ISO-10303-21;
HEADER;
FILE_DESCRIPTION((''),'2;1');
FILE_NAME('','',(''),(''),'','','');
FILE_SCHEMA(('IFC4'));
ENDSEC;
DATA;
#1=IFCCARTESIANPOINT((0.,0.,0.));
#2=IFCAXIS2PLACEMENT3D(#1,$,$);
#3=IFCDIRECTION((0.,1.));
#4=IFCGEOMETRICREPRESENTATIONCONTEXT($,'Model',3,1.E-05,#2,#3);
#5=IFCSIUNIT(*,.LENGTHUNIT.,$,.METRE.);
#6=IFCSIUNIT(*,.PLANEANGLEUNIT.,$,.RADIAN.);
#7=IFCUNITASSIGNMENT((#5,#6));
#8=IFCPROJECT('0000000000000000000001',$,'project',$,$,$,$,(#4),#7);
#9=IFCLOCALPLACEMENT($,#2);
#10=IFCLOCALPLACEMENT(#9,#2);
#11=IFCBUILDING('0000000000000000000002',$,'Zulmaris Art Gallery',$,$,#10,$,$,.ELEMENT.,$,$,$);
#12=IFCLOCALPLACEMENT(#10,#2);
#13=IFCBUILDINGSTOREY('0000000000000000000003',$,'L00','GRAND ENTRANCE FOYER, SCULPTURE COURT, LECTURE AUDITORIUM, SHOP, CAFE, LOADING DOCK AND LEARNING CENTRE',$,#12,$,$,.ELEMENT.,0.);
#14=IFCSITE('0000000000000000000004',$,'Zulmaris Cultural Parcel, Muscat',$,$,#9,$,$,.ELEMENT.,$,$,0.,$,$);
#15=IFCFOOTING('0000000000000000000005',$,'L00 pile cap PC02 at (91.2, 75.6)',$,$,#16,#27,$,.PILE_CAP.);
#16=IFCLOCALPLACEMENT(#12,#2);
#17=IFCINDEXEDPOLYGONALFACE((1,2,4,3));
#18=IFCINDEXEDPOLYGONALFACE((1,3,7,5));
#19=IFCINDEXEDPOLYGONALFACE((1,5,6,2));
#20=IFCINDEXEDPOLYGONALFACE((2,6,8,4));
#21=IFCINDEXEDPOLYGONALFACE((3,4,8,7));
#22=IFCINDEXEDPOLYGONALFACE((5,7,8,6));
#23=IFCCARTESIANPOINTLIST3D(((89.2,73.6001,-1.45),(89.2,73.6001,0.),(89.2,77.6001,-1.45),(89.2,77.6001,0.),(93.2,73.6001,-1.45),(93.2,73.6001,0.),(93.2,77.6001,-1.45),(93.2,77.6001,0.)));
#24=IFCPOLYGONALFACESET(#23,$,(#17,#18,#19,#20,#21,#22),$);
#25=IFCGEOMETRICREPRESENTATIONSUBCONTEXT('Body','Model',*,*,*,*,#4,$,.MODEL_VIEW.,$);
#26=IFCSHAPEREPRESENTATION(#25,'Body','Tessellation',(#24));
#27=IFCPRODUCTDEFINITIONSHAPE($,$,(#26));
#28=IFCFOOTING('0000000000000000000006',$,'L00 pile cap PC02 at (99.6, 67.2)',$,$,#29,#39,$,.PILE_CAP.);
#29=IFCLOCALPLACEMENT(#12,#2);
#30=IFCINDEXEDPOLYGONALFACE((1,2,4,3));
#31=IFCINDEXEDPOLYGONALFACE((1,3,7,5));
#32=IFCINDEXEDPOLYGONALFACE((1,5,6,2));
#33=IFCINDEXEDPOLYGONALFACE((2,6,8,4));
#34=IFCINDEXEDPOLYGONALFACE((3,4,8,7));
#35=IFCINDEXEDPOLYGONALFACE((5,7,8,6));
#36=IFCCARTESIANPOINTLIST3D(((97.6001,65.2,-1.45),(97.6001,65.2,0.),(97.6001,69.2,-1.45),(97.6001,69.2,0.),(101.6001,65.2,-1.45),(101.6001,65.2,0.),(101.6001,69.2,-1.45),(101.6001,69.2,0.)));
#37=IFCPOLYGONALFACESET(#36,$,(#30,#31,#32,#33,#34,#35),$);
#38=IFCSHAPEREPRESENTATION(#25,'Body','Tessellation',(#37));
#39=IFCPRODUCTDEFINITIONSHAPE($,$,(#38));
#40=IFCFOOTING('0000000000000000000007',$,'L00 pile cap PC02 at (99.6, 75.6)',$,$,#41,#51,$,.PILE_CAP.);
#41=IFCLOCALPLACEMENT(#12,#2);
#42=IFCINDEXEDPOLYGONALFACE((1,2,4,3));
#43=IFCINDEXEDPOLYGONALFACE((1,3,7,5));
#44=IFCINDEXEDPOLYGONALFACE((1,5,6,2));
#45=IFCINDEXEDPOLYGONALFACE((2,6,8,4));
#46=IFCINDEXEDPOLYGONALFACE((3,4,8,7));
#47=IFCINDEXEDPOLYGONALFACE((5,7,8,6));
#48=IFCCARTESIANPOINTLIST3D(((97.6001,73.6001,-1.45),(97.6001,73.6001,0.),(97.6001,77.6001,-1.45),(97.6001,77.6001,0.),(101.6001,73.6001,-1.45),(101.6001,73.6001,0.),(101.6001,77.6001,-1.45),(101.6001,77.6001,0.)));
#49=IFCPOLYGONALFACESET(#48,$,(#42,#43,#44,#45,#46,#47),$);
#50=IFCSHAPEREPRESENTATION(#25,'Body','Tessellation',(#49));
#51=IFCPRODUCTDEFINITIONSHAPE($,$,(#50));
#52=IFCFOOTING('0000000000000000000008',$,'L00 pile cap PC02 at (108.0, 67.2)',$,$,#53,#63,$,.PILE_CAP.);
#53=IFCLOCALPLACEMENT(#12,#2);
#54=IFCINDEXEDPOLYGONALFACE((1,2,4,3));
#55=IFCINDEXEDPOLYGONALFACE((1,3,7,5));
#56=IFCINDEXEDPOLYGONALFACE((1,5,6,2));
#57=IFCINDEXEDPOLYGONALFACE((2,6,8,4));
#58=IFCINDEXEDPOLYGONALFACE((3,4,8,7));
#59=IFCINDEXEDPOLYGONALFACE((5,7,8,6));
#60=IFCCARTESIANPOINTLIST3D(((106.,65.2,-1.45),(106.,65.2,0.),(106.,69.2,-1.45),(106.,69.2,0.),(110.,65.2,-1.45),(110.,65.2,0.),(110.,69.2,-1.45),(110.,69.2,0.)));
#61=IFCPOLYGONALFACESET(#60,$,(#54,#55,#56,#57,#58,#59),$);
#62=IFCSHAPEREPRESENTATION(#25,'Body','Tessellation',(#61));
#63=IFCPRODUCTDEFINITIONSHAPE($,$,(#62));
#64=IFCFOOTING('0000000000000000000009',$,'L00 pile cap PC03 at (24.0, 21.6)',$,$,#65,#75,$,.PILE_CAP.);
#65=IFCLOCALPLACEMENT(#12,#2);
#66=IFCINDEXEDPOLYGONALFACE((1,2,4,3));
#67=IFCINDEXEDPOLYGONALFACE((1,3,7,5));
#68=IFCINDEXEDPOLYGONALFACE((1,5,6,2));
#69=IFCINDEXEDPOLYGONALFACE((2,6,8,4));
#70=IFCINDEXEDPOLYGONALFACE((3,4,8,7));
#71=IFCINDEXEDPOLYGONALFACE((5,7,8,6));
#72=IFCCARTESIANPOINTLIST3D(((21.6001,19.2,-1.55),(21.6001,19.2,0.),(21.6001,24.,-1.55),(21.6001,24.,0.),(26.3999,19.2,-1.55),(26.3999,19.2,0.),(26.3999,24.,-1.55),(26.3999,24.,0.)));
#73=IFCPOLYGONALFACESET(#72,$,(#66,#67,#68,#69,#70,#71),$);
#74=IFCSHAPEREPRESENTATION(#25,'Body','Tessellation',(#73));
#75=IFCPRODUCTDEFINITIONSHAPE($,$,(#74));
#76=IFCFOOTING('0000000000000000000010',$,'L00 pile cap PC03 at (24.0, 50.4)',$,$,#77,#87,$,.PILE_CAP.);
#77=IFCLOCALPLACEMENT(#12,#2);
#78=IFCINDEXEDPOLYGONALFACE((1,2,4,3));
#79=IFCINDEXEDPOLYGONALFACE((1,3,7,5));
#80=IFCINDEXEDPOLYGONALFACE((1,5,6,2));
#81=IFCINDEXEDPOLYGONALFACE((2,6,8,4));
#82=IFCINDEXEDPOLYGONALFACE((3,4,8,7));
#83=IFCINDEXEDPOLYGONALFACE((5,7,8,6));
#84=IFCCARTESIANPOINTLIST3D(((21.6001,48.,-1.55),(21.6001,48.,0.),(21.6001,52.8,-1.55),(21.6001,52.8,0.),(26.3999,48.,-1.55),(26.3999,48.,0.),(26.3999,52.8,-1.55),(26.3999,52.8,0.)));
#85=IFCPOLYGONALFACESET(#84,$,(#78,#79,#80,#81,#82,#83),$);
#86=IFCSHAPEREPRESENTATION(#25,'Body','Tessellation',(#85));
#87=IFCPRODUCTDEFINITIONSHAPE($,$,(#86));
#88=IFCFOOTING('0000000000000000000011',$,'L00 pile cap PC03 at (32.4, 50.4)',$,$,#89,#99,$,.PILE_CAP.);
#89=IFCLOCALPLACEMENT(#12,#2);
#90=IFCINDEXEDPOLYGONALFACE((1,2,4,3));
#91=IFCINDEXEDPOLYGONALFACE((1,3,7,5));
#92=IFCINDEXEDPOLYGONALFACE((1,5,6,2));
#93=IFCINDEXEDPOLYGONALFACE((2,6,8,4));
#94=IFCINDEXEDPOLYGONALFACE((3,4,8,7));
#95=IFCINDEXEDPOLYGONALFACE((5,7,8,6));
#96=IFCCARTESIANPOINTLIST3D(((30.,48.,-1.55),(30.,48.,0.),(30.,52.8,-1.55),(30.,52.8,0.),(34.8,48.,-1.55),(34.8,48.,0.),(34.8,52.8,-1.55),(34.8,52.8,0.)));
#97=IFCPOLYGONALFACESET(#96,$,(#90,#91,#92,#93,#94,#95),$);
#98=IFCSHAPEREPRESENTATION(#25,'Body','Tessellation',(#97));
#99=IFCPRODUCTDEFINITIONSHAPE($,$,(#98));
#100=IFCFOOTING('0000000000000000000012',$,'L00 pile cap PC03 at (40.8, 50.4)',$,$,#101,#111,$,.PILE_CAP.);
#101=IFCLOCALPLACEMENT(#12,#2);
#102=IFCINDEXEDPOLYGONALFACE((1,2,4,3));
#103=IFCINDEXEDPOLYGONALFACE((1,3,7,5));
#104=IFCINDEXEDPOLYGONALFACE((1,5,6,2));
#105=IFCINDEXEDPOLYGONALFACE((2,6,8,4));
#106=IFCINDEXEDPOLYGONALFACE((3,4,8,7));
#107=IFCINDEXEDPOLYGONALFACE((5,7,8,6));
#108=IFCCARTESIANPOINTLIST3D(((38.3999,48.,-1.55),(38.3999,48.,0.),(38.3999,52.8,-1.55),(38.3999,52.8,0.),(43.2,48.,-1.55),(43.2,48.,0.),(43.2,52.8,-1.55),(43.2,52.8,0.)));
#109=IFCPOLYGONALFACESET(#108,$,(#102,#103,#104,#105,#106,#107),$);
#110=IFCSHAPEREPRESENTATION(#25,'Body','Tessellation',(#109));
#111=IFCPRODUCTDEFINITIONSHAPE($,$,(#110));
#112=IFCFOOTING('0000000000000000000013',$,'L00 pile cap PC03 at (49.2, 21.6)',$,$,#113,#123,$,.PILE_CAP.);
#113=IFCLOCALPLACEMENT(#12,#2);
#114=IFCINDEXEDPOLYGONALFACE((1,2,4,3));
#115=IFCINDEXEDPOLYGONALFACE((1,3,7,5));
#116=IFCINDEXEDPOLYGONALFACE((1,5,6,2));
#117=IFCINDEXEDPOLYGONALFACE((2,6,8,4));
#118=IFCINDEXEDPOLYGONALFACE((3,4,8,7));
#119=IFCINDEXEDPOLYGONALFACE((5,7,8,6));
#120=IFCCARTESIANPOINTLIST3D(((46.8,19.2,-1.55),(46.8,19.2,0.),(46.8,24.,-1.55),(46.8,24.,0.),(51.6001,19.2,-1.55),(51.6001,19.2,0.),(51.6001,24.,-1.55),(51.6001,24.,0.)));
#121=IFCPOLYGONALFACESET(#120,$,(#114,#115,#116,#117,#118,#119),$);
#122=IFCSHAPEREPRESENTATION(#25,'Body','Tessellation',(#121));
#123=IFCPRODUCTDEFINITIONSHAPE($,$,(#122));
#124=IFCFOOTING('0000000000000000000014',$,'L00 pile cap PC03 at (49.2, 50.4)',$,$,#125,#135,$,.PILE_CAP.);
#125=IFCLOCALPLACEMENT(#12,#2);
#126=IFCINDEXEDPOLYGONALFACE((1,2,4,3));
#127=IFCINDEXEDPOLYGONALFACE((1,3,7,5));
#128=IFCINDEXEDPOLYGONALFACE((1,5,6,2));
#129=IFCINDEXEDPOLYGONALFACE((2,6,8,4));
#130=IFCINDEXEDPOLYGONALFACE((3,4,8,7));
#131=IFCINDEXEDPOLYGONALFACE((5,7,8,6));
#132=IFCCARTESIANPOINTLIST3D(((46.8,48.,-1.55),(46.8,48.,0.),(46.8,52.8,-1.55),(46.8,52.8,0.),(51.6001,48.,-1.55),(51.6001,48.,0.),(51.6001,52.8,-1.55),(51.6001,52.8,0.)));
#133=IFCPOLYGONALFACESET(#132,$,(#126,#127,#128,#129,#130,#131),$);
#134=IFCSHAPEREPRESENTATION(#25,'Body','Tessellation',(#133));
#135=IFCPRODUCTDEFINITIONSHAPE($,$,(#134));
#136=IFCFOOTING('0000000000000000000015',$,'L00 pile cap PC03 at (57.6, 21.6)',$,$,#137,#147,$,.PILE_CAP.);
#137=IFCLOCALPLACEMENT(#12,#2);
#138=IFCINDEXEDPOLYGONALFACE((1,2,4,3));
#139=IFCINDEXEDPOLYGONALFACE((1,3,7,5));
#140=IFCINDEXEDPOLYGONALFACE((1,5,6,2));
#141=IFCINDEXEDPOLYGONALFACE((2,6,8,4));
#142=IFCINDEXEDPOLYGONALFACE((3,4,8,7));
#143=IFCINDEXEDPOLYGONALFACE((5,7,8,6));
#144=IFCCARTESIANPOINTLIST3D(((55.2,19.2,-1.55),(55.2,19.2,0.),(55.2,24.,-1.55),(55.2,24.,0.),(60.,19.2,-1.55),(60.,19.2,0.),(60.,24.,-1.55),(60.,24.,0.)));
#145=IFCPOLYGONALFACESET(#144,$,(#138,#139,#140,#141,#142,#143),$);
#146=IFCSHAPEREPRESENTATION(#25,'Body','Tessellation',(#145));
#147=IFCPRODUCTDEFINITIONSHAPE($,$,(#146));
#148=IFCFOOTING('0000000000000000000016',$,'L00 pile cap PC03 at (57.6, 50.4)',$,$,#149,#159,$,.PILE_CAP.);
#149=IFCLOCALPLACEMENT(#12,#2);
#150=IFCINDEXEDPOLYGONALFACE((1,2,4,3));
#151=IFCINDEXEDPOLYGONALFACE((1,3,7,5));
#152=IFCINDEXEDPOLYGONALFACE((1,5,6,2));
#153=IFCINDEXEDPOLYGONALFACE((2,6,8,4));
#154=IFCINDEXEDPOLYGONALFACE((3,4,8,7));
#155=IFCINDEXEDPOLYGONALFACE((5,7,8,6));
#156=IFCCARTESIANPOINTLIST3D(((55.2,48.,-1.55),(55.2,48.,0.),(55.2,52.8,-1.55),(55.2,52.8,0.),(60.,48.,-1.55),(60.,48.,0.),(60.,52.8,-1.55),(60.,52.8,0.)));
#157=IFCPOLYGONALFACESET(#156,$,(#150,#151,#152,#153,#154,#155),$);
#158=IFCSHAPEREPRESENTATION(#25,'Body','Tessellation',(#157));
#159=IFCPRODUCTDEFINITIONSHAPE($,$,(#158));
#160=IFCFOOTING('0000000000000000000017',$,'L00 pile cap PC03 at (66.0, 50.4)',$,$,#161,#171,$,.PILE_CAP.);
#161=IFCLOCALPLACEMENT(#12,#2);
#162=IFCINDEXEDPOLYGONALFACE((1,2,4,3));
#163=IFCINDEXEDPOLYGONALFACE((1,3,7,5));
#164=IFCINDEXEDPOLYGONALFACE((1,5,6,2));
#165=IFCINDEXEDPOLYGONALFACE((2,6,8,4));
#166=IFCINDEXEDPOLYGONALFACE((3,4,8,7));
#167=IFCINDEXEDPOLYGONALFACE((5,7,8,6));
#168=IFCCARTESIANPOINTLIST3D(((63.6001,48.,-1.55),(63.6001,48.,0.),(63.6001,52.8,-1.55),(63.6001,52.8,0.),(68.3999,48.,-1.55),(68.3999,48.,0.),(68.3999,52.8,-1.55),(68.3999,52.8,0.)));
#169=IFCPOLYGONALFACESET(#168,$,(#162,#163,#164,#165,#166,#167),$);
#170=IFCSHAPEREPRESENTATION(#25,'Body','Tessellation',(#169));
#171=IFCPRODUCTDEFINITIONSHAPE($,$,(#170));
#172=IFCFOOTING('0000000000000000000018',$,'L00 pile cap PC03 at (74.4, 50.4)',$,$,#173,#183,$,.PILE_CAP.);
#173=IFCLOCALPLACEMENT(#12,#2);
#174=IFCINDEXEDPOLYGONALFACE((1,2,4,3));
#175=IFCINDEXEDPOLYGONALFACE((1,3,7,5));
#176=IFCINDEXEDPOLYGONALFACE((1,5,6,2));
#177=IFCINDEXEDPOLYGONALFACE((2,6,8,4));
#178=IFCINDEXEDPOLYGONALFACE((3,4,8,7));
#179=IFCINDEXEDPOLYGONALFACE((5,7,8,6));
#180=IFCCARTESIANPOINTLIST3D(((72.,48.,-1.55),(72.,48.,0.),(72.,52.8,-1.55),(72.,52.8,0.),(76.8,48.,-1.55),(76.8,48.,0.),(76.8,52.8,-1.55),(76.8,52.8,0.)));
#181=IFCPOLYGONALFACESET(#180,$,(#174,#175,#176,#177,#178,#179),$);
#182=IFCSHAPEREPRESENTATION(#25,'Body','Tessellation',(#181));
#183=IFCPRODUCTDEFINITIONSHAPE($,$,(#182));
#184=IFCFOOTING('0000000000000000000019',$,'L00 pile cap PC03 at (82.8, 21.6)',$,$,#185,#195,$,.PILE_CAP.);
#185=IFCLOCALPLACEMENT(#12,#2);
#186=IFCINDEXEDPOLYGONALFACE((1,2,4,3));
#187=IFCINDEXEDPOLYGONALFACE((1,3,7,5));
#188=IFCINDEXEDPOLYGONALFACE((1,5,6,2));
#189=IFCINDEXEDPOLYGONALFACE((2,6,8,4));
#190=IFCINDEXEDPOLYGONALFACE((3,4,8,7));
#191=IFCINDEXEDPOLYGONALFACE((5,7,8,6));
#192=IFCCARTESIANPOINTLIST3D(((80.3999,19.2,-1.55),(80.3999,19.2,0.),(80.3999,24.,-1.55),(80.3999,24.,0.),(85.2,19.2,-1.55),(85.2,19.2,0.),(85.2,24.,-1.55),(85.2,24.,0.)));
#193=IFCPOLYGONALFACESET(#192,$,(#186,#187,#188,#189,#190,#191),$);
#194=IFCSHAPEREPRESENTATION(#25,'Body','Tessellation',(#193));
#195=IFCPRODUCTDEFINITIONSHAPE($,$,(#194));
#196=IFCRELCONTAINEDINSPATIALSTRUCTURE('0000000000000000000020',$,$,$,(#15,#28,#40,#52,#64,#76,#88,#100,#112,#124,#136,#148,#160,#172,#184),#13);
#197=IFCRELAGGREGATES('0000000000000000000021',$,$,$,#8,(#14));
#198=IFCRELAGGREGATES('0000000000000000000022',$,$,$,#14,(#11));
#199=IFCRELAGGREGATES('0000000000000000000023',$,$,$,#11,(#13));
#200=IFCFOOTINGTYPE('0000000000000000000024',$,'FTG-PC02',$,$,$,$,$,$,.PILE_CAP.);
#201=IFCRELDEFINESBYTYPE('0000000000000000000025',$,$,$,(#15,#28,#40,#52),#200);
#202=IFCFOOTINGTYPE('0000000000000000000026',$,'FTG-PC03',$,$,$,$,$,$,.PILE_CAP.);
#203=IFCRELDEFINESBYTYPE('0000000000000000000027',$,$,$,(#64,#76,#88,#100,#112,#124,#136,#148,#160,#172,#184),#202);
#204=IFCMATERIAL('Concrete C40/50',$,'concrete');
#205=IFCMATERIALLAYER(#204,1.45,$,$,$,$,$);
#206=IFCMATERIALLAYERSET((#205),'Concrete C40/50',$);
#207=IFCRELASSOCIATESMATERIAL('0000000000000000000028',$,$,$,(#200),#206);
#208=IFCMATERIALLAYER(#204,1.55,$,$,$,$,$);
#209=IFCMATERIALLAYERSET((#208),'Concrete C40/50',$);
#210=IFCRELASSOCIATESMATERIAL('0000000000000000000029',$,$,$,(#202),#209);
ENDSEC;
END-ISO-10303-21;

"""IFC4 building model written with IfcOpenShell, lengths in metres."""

from ifc_helpers import new_model, si_unit, direction, frame, origin, place, context, subcontext, project, spatial, polyline, outline, extrude, material, layer, layer_set, type_object, element, save


model = new_model("IFC4")

# Units and contexts
model_context = context("Model", 3, precision=1e-05, world=origin(), true_north=direction((0.0, 1.0)))
body_context = subcontext(model_context, "Body", "Model", "MODEL_VIEW")
ifc_project = project(units=[si_unit("LENGTHUNIT", "METRE"), si_unit("PLANEANGLEUNIT", "RADIAN")], contexts=[model_context])

# Site, building, storey
site_placement = place(None, origin())
site = spatial("IfcSite", under=ifc_project, at=site_placement, Name="Zulmaris Cultural Parcel, Muscat", CompositionType="ELEMENT", RefElevation=0.0)
building_placement = place(site_placement, origin())
building = spatial("IfcBuilding", under=site, at=building_placement, Name="Zulmaris Art Gallery", CompositionType="ELEMENT")
storey_placement = place(building_placement, origin())
storey = spatial("IfcBuildingStorey", under=building, at=storey_placement, Name="L00", Description="GRAND ENTRANCE FOYER, SCULPTURE COURT, LECTURE AUDITORIUM, SHOP, CAFE, LOADING DOCK AND LEARNING CENTRE", CompositionType="ELEMENT", Elevation=0.0)

# Footings
ifc_material = material(Name="Concrete C40/50", Category="concrete")
ifc_layer_1 = layer(ifc_material, 1.45)
ifc_layer_set_1 = layer_set([ifc_layer_1], Name="Concrete C40/50")
footing_type_1 = type_object("IfcFootingType", Name="FTG-PC02", PredefinedType="PILE_CAP", material=ifc_layer_set_1)
footing_1_placement = place(storey_placement, frame((0.0, 0.0, -1.45)))
element("IfcFooting", 1, at=footing_1_placement, inside=storey, type_object=footing_type_1, Name="L00 pile cap PC02 at (91.2, 75.6)", PredefinedType="PILE_CAP", context=body_context, shape_type="SweptSolid", body=[
    extrude(outline(polyline([(89.2, 73.6001), (93.2, 73.6001), (93.2, 77.6001), (89.2, 77.6001), (89.2, 73.6001)])), origin(), (0.0, 0.0, 1.0), 1.45),
])
footing_2_placement = place(storey_placement, frame((0.0, 0.0, -1.45)))
element("IfcFooting", 2, at=footing_2_placement, inside=storey, type_object=footing_type_1, Name="L00 pile cap PC02 at (99.6, 67.2)", PredefinedType="PILE_CAP", context=body_context, shape_type="SweptSolid", body=[
    extrude(outline(polyline([(97.6001, 65.2), (101.6001, 65.2), (101.6001, 69.2), (97.6001, 69.2), (97.6001, 65.2)])), origin(), (0.0, 0.0, 1.0), 1.45),
])
footing_3_placement = place(storey_placement, frame((0.0, 0.0, -1.45)))
element("IfcFooting", 3, at=footing_3_placement, inside=storey, type_object=footing_type_1, Name="L00 pile cap PC02 at (99.6, 75.6)", PredefinedType="PILE_CAP", context=body_context, shape_type="SweptSolid", body=[
    extrude(outline(polyline([(97.6001, 73.6001), (101.6001, 73.6001), (101.6001, 77.6001), (97.6001, 77.6001), (97.6001, 73.6001)])), origin(), (0.0, 0.0, 1.0), 1.45),
])
footing_4_placement = place(storey_placement, frame((0.0, 0.0, -1.45)))
element("IfcFooting", 4, at=footing_4_placement, inside=storey, type_object=footing_type_1, Name="L00 pile cap PC02 at (108.0, 67.2)", PredefinedType="PILE_CAP", context=body_context, shape_type="SweptSolid", body=[
    extrude(outline(polyline([(106.0, 65.2), (110.0, 65.2), (110.0, 69.2), (106.0, 69.2), (106.0, 65.2)])), origin(), (0.0, 0.0, 1.0), 1.45),
])
ifc_layer_2 = layer(ifc_material, 1.55)
ifc_layer_set_2 = layer_set([ifc_layer_2], Name="Concrete C40/50")
footing_type_2 = type_object("IfcFootingType", Name="FTG-PC03", PredefinedType="PILE_CAP", material=ifc_layer_set_2)
footing_5_placement = place(storey_placement, frame((0.0, 0.0, -1.55)))
element("IfcFooting", 5, at=footing_5_placement, inside=storey, type_object=footing_type_2, Name="L00 pile cap PC03 at (24.0, 21.6)", PredefinedType="PILE_CAP", context=body_context, shape_type="SweptSolid", body=[
    extrude(outline(polyline([(21.6001, 19.2), (26.3999, 19.2), (26.3999, 24.0), (21.6001, 24.0), (21.6001, 19.2)])), origin(), (0.0, 0.0, 1.0), 1.55),
])
footing_6_placement = place(storey_placement, frame((0.0, 0.0, -1.55)))
element("IfcFooting", 6, at=footing_6_placement, inside=storey, type_object=footing_type_2, Name="L00 pile cap PC03 at (24.0, 50.4)", PredefinedType="PILE_CAP", context=body_context, shape_type="SweptSolid", body=[
    extrude(outline(polyline([(21.6001, 48.0), (26.3999, 48.0), (26.3999, 52.8), (21.6001, 52.8), (21.6001, 48.0)])), origin(), (0.0, 0.0, 1.0), 1.55),
])
footing_7_placement = place(storey_placement, frame((0.0, 0.0, -1.55)))
element("IfcFooting", 7, at=footing_7_placement, inside=storey, type_object=footing_type_2, Name="L00 pile cap PC03 at (32.4, 50.4)", PredefinedType="PILE_CAP", context=body_context, shape_type="SweptSolid", body=[
    extrude(outline(polyline([(30.0, 48.0), (34.8, 48.0), (34.8, 52.8), (30.0, 52.8), (30.0, 48.0)])), origin(), (0.0, 0.0, 1.0), 1.55),
])
footing_8_placement = place(storey_placement, frame((0.0, 0.0, -1.55)))
element("IfcFooting", 8, at=footing_8_placement, inside=storey, type_object=footing_type_2, Name="L00 pile cap PC03 at (40.8, 50.4)", PredefinedType="PILE_CAP", context=body_context, shape_type="SweptSolid", body=[
    extrude(outline(polyline([(38.3999, 48.0), (43.2, 48.0), (43.2, 52.8), (38.3999, 52.8), (38.3999, 48.0)])), origin(), (0.0, 0.0, 1.0), 1.55),
])
footing_9_placement = place(storey_placement, frame((0.0, 0.0, -1.55)))
element("IfcFooting", 9, at=footing_9_placement, inside=storey, type_object=footing_type_2, Name="L00 pile cap PC03 at (49.2, 21.6)", PredefinedType="PILE_CAP", context=body_context, shape_type="SweptSolid", body=[
    extrude(outline(polyline([(46.8, 19.2), (51.6001, 19.2), (51.6001, 24.0), (46.8, 24.0), (46.8, 19.2)])), origin(), (0.0, 0.0, 1.0), 1.55),
])
footing_10_placement = place(storey_placement, frame((0.0, 0.0, -1.55)))
element("IfcFooting", 10, at=footing_10_placement, inside=storey, type_object=footing_type_2, Name="L00 pile cap PC03 at (49.2, 50.4)", PredefinedType="PILE_CAP", context=body_context, shape_type="SweptSolid", body=[
    extrude(outline(polyline([(46.8, 48.0), (51.6001, 48.0), (51.6001, 52.8), (46.8, 52.8), (46.8, 48.0)])), origin(), (0.0, 0.0, 1.0), 1.55),
])
footing_11_placement = place(storey_placement, frame((0.0, 0.0, -1.55)))
element("IfcFooting", 11, at=footing_11_placement, inside=storey, type_object=footing_type_2, Name="L00 pile cap PC03 at (57.6, 21.6)", PredefinedType="PILE_CAP", context=body_context, shape_type="SweptSolid", body=[
    extrude(outline(polyline([(55.2, 19.2), (60.0, 19.2), (60.0, 24.0), (55.2, 24.0), (55.2, 19.2)])), origin(), (0.0, 0.0, 1.0), 1.55),
])
footing_12_placement = place(storey_placement, frame((0.0, 0.0, -1.55)))
element("IfcFooting", 12, at=footing_12_placement, inside=storey, type_object=footing_type_2, Name="L00 pile cap PC03 at (57.6, 50.4)", PredefinedType="PILE_CAP", context=body_context, shape_type="SweptSolid", body=[
    extrude(outline(polyline([(55.2, 48.0), (60.0, 48.0), (60.0, 52.8), (55.2, 52.8), (55.2, 48.0)])), origin(), (0.0, 0.0, 1.0), 1.55),
])
footing_13_placement = place(storey_placement, frame((0.0, 0.0, -1.55)))
element("IfcFooting", 13, at=footing_13_placement, inside=storey, type_object=footing_type_2, Name="L00 pile cap PC03 at (66.0, 50.4)", PredefinedType="PILE_CAP", context=body_context, shape_type="SweptSolid", body=[
    extrude(outline(polyline([(63.6001, 48.0), (68.3999, 48.0), (68.3999, 52.8), (63.6001, 52.8), (63.6001, 48.0)])), origin(), (0.0, 0.0, 1.0), 1.55),
])
footing_14_placement = place(storey_placement, frame((0.0, 0.0, -1.55)))
element("IfcFooting", 14, at=footing_14_placement, inside=storey, type_object=footing_type_2, Name="L00 pile cap PC03 at (74.4, 50.4)", PredefinedType="PILE_CAP", context=body_context, shape_type="SweptSolid", body=[
    extrude(outline(polyline([(72.0, 48.0), (76.8, 48.0), (76.8, 52.8), (72.0, 52.8), (72.0, 48.0)])), origin(), (0.0, 0.0, 1.0), 1.55),
])
footing_15_placement = place(storey_placement, frame((0.0, 0.0, -1.55)))
element("IfcFooting", 15, at=footing_15_placement, inside=storey, type_object=footing_type_2, Name="L00 pile cap PC03 at (82.8, 21.6)", PredefinedType="PILE_CAP", context=body_context, shape_type="SweptSolid", body=[
    extrude(outline(polyline([(80.3999, 19.2), (85.2, 19.2), (85.2, 24.0), (80.3999, 24.0), (80.3999, 19.2)])), origin(), (0.0, 0.0, 1.0), 1.55),
])

save(model, "model.ifc")
